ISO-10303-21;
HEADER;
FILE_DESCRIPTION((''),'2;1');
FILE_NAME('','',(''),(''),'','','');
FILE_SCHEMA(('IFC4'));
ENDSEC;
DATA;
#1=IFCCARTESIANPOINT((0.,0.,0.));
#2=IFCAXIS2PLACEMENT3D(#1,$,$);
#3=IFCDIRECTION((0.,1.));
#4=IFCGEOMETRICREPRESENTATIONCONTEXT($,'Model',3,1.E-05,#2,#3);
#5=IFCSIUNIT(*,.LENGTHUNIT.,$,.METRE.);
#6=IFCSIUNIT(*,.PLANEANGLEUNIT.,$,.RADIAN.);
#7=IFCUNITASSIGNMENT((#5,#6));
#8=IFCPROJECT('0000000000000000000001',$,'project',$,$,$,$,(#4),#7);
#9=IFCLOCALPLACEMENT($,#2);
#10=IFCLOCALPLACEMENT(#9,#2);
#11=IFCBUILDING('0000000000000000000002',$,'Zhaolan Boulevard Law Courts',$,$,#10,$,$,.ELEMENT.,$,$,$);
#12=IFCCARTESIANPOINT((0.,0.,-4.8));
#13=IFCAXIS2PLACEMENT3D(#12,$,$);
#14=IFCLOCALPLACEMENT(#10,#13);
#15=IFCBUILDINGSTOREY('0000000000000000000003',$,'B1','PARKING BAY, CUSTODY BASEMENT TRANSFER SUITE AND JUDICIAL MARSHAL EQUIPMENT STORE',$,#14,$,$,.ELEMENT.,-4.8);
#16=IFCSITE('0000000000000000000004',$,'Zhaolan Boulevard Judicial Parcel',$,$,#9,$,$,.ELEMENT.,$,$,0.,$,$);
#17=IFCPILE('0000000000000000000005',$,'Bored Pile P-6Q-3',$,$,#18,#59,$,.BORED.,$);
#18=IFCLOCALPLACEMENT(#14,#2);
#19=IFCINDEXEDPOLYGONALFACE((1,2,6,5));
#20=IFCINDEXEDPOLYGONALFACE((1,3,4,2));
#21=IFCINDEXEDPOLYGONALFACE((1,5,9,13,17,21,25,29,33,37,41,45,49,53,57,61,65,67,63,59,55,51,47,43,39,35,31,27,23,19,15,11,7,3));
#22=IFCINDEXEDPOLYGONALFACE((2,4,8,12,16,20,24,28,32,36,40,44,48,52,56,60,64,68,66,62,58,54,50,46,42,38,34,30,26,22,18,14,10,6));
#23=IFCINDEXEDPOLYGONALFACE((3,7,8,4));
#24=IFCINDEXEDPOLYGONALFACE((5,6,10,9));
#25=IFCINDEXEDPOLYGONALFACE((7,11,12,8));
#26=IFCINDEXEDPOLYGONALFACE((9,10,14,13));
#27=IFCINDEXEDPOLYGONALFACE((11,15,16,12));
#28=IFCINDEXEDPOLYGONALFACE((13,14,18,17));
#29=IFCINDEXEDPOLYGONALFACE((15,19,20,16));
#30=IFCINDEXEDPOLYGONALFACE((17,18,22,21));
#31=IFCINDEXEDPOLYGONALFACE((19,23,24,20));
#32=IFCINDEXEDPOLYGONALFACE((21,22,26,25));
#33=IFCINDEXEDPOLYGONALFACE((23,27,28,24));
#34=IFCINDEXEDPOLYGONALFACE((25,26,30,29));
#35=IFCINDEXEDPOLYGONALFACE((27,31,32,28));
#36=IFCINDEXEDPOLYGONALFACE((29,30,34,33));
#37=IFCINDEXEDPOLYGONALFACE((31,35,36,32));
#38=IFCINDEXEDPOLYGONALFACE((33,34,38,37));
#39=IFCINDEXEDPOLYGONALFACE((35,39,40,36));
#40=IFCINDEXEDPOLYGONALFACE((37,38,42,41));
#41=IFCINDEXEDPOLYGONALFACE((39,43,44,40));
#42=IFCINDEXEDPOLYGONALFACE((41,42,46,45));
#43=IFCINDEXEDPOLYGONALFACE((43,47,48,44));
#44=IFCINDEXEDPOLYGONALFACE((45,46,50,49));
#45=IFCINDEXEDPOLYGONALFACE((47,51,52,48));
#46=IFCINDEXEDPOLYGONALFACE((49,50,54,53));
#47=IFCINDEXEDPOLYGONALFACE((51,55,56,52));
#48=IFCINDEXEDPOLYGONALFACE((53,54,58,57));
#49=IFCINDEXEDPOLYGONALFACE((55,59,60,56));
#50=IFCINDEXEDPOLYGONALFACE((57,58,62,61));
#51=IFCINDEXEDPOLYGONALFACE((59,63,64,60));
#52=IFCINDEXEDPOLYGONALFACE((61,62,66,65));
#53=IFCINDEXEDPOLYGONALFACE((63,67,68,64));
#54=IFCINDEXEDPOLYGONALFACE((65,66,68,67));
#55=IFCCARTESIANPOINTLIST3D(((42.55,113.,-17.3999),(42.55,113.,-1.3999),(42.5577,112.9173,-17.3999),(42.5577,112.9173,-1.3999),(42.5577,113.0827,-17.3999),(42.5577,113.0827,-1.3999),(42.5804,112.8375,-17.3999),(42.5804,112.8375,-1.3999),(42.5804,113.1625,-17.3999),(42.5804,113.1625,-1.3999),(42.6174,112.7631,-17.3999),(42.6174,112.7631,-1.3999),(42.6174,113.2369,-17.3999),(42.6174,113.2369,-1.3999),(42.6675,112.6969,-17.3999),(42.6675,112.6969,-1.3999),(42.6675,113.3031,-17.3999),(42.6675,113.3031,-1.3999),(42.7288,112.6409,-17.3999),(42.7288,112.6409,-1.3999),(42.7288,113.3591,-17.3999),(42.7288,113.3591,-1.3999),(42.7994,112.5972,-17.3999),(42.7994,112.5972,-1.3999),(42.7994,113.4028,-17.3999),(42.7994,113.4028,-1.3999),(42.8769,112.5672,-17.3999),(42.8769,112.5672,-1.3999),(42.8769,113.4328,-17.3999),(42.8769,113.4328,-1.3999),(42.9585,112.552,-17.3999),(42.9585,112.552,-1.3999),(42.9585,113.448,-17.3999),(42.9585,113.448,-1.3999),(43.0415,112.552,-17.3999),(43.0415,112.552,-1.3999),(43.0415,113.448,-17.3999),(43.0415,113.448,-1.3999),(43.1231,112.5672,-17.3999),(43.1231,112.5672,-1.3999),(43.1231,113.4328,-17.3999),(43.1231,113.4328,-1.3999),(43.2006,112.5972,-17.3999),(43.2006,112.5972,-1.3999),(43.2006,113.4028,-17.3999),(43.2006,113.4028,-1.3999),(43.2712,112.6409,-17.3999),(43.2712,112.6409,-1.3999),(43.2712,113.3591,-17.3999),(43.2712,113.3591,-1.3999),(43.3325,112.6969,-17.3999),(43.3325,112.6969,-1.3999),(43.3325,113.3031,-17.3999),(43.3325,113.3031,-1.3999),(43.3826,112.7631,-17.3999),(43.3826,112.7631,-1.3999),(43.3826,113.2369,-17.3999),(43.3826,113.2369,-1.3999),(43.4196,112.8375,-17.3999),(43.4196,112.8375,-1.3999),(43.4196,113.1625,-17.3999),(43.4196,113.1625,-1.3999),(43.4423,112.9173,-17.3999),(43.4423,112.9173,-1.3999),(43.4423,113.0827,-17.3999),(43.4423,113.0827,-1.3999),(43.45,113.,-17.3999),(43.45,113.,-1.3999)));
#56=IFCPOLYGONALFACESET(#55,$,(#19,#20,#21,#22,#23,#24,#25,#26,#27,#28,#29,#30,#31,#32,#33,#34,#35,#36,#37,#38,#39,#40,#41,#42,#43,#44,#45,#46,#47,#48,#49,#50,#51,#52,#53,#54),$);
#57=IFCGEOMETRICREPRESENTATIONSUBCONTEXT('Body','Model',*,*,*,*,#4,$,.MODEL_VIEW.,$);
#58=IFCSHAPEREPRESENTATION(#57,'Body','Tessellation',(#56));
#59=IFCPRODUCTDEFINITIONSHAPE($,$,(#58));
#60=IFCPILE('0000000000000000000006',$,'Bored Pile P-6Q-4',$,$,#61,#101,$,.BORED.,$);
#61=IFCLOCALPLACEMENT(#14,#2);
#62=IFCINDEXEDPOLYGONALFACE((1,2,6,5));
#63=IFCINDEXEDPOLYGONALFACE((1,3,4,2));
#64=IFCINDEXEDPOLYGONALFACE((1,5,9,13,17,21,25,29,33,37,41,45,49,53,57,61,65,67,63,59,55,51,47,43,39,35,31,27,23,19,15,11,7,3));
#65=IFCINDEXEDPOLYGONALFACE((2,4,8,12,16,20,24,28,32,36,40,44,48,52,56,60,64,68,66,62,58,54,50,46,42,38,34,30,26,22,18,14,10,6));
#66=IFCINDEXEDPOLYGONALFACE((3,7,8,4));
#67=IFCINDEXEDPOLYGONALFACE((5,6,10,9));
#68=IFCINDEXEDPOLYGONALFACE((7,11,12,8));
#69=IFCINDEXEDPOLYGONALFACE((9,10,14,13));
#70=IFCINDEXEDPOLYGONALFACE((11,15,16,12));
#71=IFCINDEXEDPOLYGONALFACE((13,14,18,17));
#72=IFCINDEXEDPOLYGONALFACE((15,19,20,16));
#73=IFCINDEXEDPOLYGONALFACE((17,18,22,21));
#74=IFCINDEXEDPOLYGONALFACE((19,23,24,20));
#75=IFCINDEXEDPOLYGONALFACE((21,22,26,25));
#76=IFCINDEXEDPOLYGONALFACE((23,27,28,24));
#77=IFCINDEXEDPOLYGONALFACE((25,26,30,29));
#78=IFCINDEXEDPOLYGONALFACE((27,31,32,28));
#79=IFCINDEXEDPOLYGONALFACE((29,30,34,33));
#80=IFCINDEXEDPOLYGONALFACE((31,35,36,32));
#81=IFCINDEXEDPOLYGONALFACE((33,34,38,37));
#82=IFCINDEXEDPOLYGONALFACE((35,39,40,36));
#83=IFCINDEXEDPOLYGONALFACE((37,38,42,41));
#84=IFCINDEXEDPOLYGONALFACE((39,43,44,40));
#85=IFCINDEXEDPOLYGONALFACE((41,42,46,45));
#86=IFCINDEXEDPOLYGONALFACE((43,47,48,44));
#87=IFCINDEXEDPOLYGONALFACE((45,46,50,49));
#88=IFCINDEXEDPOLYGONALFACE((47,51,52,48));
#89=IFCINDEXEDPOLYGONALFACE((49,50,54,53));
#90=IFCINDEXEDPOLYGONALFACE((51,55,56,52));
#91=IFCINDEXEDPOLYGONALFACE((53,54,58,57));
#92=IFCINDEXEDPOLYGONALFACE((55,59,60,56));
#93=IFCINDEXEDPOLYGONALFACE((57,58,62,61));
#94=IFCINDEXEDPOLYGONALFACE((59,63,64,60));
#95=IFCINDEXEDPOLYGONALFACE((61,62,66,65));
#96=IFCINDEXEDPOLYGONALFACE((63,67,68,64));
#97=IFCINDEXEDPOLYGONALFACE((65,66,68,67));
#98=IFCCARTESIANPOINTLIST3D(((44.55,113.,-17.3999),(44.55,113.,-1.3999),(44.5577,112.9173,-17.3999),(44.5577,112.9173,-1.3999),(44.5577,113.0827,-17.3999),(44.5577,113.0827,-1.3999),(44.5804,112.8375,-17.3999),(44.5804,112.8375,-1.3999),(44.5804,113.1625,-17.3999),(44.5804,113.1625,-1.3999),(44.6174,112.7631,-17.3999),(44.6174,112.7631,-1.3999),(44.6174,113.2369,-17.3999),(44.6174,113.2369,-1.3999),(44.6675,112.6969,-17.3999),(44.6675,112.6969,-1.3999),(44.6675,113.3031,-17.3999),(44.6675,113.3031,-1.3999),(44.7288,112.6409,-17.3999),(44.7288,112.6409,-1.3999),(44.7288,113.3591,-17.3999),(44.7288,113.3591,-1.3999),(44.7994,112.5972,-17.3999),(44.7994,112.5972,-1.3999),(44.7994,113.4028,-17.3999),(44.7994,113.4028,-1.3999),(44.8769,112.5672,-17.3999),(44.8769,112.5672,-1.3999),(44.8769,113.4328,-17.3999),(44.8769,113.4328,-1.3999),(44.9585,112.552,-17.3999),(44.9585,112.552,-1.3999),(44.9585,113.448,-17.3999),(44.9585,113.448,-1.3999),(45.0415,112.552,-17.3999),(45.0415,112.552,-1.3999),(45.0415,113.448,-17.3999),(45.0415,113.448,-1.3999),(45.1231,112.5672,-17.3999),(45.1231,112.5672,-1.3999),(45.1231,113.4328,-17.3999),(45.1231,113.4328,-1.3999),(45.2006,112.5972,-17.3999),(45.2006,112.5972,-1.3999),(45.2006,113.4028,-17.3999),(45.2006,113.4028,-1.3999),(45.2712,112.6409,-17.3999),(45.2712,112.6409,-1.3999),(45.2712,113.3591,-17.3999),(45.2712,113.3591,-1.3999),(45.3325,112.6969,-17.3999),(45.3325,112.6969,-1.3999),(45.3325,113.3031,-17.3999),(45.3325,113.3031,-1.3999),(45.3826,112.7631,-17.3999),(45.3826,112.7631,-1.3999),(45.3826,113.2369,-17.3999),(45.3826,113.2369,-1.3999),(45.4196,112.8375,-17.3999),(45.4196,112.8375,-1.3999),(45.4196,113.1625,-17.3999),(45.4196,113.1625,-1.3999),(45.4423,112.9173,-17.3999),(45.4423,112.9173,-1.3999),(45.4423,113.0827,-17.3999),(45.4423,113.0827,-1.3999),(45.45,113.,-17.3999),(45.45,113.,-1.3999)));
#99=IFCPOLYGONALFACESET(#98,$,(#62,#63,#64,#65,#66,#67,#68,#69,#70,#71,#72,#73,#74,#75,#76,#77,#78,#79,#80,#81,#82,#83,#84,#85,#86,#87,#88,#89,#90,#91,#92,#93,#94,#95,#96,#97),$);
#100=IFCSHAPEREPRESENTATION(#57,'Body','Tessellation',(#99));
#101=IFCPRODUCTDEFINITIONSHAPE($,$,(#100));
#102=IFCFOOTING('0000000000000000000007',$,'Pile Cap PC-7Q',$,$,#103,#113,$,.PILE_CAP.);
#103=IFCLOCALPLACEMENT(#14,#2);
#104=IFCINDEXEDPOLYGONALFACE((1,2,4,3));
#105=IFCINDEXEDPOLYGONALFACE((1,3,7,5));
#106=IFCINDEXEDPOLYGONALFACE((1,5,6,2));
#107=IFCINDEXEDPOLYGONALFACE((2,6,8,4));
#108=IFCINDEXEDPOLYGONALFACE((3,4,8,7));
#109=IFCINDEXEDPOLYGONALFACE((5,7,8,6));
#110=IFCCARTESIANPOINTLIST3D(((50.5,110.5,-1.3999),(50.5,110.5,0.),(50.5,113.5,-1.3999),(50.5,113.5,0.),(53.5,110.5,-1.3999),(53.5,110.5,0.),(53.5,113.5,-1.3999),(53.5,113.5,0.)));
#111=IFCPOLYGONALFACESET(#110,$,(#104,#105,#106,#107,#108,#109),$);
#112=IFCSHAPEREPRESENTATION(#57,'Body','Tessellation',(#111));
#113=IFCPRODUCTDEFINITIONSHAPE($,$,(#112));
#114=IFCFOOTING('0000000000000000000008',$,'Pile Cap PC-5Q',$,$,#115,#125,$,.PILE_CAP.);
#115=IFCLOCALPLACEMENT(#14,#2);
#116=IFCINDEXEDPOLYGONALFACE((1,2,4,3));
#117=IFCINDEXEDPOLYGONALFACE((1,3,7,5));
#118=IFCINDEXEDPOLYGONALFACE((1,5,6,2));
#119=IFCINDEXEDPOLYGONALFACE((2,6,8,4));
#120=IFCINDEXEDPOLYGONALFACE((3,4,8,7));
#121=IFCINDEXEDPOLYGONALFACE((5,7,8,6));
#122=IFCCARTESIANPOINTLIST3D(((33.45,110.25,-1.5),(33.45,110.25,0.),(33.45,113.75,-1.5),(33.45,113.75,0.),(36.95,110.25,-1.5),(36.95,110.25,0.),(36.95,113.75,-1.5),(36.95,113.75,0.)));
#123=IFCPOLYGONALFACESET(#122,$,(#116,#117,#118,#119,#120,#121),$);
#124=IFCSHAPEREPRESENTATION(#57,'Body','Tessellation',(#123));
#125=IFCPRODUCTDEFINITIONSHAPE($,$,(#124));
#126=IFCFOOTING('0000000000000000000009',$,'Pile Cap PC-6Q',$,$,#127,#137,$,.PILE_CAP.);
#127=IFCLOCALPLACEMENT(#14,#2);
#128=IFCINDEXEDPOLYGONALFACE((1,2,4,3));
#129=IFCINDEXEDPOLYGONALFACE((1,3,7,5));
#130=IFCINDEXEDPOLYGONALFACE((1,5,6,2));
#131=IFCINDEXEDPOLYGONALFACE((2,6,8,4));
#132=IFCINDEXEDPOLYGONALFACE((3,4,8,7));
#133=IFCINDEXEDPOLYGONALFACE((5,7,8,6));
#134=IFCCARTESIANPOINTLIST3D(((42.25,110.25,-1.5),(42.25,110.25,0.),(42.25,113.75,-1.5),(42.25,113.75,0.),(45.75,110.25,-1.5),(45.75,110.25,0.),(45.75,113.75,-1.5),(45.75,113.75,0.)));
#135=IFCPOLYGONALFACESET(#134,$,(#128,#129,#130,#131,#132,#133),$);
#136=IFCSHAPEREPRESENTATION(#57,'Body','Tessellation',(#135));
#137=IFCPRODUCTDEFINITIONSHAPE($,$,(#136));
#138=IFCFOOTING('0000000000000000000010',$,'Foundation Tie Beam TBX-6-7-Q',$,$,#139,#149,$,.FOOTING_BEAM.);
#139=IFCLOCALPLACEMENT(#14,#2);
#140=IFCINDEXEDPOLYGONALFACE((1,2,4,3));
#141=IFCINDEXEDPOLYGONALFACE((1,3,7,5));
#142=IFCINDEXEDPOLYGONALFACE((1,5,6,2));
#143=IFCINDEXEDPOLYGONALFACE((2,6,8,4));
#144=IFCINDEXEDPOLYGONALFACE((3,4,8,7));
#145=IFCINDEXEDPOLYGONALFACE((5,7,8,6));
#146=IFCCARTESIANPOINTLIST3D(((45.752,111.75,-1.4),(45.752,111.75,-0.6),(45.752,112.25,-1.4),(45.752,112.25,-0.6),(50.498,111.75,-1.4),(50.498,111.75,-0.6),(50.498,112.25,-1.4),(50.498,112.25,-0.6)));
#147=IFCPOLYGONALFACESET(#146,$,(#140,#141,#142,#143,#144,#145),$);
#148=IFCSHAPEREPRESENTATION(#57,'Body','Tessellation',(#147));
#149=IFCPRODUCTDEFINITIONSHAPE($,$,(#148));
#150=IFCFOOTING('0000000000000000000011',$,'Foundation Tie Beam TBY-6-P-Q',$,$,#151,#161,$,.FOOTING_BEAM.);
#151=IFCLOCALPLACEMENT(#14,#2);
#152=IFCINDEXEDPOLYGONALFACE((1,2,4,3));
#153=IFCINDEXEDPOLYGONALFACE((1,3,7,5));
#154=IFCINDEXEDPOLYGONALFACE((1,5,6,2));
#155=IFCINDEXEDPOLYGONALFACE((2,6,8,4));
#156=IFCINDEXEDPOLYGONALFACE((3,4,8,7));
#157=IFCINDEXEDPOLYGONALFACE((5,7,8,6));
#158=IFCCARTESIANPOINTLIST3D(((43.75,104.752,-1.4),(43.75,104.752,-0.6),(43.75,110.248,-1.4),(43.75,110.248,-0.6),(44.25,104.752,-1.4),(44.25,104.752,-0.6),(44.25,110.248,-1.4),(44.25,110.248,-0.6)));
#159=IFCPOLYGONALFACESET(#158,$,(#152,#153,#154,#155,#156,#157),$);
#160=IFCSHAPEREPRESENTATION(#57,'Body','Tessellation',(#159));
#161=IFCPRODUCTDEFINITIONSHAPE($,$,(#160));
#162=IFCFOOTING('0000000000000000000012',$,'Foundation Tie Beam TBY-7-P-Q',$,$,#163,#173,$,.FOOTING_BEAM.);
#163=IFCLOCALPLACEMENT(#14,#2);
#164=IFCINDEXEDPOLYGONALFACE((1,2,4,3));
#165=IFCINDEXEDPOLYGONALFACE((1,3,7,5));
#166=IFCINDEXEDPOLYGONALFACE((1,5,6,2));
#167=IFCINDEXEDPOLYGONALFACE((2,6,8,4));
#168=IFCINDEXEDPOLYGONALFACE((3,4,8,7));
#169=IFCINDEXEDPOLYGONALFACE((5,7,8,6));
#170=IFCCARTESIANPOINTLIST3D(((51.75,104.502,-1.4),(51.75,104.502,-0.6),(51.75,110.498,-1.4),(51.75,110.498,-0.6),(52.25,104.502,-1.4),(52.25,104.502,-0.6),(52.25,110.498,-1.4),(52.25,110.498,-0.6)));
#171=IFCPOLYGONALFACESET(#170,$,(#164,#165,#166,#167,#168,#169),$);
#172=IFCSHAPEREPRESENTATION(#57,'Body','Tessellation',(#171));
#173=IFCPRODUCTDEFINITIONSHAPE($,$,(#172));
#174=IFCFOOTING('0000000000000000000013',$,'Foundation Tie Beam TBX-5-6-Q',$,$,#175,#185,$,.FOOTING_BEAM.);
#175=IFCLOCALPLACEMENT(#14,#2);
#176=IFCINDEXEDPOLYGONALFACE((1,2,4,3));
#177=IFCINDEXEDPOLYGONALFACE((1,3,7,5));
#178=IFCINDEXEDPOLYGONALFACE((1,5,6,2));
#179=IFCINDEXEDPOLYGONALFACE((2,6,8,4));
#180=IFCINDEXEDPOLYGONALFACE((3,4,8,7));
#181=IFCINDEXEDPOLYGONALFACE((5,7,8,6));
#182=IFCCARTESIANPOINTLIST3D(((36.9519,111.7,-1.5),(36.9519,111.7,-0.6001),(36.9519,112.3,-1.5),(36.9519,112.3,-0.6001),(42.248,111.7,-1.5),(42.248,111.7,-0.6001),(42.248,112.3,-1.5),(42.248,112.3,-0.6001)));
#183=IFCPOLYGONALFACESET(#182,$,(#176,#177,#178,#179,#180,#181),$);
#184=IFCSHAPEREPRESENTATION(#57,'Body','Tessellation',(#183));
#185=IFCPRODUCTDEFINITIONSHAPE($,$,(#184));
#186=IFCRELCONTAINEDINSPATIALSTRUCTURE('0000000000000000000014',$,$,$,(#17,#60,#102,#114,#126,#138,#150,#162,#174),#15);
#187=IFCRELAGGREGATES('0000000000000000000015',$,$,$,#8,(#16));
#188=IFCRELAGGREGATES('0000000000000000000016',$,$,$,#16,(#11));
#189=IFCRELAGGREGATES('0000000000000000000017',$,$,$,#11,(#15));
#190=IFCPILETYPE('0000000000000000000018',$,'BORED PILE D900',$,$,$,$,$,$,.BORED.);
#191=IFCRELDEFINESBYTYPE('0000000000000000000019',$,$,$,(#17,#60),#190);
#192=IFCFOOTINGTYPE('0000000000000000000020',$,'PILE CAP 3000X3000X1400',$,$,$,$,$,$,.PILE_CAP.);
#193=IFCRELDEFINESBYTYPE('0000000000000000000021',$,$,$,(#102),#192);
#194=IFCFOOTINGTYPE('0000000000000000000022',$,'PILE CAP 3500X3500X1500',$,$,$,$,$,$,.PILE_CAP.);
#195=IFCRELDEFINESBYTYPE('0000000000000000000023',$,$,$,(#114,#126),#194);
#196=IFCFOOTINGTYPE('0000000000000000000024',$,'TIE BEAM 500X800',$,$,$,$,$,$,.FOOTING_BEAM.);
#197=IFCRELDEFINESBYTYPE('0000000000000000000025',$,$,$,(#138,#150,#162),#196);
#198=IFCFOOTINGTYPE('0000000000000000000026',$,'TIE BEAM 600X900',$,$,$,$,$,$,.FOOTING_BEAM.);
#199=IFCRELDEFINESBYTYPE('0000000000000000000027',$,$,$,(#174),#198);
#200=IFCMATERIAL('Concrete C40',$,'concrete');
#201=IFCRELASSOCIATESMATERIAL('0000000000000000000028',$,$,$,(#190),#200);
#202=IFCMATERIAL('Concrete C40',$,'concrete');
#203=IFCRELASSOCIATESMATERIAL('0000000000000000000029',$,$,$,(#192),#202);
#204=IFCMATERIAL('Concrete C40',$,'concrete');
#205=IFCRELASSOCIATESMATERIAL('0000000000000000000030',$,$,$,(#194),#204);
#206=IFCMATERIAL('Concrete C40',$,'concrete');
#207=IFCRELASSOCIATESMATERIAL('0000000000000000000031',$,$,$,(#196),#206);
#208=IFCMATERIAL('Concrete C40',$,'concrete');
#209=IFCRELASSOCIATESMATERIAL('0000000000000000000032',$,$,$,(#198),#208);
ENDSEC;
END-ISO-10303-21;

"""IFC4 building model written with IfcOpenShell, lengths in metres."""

from ifc_helpers import new_model, si_unit, direction, frame, origin, origin_2d, place, context, subcontext, project, spatial, rectangle, circle, extrude, material, material_profile, profile_set, type_object, element, save


model = new_model("IFC4")

# Units and contexts
model_context = context("Model", 3, precision=1e-05, world=origin(), true_north=direction((0.0, 1.0)))
body_context = subcontext(model_context, "Body", "Model", "MODEL_VIEW")
ifc_project = project(units=[si_unit("LENGTHUNIT", "METRE"), si_unit("PLANEANGLEUNIT", "RADIAN")], contexts=[model_context])

# Site, building, storey
site_placement = place(None, origin())
site = spatial("IfcSite", under=ifc_project, at=site_placement, Name="Zhaolan Boulevard Judicial Parcel", CompositionType="ELEMENT", RefElevation=0.0)
building_placement = place(site_placement, origin())
building = spatial("IfcBuilding", under=site, at=building_placement, Name="Zhaolan Boulevard Law Courts", CompositionType="ELEMENT")
storey_placement = place(building_placement, frame((0.0, 0.0, -4.8)))
storey = spatial("IfcBuildingStorey", under=building, at=storey_placement, Name="B1", Description="PARKING BAY, CUSTODY BASEMENT TRANSFER SUITE AND JUDICIAL MARSHAL EQUIPMENT STORE", CompositionType="ELEMENT", Elevation=-4.8)

# Piles
ifc_material_1 = material(Name="Concrete C40", Category="concrete")
ifc_material_profile_1 = material_profile(ifc_material_1, circle(Radius=0.45, at=origin_2d()), Name="PILE-D900")
ifc_profile_set_1 = profile_set([ifc_material_profile_1], Name="Concrete C40")
pile_type_1 = type_object("IfcPileType", Name="BORED PILE D900", PredefinedType="BORED", material=ifc_profile_set_1)
for number, where, z_axis, x_axis, name in (
    (1, (43.0, 113.0, -1.3999), (0.0, 0.0, -1.0), (1.0, 0.0, 0.0), "Bored Pile P-6Q-3"),
    (2, (45.0, 113.0, -1.3999), (0.0, 0.0, -1.0), (1.0, 0.0, 0.0), "Bored Pile P-6Q-4"),
):
    element("IfcPile", number, at=place(storey_placement, frame(where, z_axis=z_axis, x_axis=x_axis)), inside=storey, type_object=pile_type_1, Name=name, PredefinedType="BORED", context=body_context, shape_type="SweptSolid", body=[
        extrude(circle(Radius=0.45, at=origin_2d()), origin(), (0.0, 0.0, 1.0), 16.0),
    ])

# Footings
ifc_material_2 = material(Name="Concrete C40", Category="concrete")
footing_type_1 = type_object("IfcFootingType", Name="PILE CAP 3000X3000X1400", PredefinedType="PILE_CAP", material=ifc_material_2)
footing_1_placement = place(storey_placement, frame((52.0, 112.0, -1.3999), z_axis=(0.0, 0.0, 1.0), x_axis=(1.0, 0.0, 0.0)))
element("IfcFooting", 3, at=footing_1_placement, inside=storey, type_object=footing_type_1, Name="Pile Cap PC-7Q", PredefinedType="PILE_CAP", context=body_context, shape_type="SweptSolid", body=[
    extrude(rectangle(XDim=3.0, YDim=3.0, at=origin_2d()), origin(), (0.0, 0.0, 1.0), 1.3999),
])
ifc_material_3 = material(Name="Concrete C40", Category="concrete")
footing_type_2 = type_object("IfcFootingType", Name="PILE CAP 3500X3500X1500", PredefinedType="PILE_CAP", material=ifc_material_3)
for number, where, z_axis, x_axis, name in (
    (4, (35.2, 112.0, -1.5), (0.0, 0.0, 1.0), (1.0, 0.0, 0.0), "Pile Cap PC-5Q"),
    (5, (44.0, 112.0, -1.5), (0.0, 0.0, 1.0), (1.0, 0.0, 0.0), "Pile Cap PC-6Q"),
):
    element("IfcFooting", number, at=place(storey_placement, frame(where, z_axis=z_axis, x_axis=x_axis)), inside=storey, type_object=footing_type_2, Name=name, PredefinedType="PILE_CAP", context=body_context, shape_type="SweptSolid", body=[
        extrude(rectangle(XDim=3.5, YDim=3.5, at=origin_2d()), origin(), (0.0, 0.0, 1.0), 1.5),
    ])
ifc_material_4 = material(Name="Concrete C40", Category="concrete")
ifc_material_profile_2 = material_profile(ifc_material_4, rectangle(XDim=0.5, YDim=0.8, at=origin_2d()), Name="RC500x800")
ifc_profile_set_2 = profile_set([ifc_material_profile_2], Name="Concrete C40")
footing_type_3 = type_object("IfcFootingType", Name="TIE BEAM 500X800", PredefinedType="FOOTING_BEAM", material=ifc_profile_set_2)
footing_2_placement = place(storey_placement, frame((45.752, 112.0, -1.0), z_axis=(1.0, 0.0, 0.0), x_axis=(0.0, 1.0, 0.0)))
element("IfcFooting", 6, at=footing_2_placement, inside=storey, type_object=footing_type_3, Name="Foundation Tie Beam TBX-6-7-Q", PredefinedType="FOOTING_BEAM", context=body_context, shape_type="SweptSolid", body=[
    extrude(rectangle(XDim=0.5, YDim=0.8, at=origin_2d()), origin(), (0.0, 0.0, 1.0), 4.7461),
])
footing_3_placement = place(storey_placement, frame((44.0, 104.752, -1.0), z_axis=(0.0, 1.0, 0.0), x_axis=(-1.0, 0.0, 0.0)))
element("IfcFooting", 7, at=footing_3_placement, inside=storey, type_object=footing_type_3, Name="Foundation Tie Beam TBY-6-P-Q", PredefinedType="FOOTING_BEAM", context=body_context, shape_type="SweptSolid", body=[
    extrude(rectangle(XDim=0.5, YDim=0.8, at=origin_2d()), origin(), (0.0, 0.0, 1.0), 5.4961),
])
footing_4_placement = place(storey_placement, frame((52.0, 104.502, -1.0), z_axis=(0.0, 1.0, 0.0), x_axis=(-1.0, 0.0, 0.0)))
element("IfcFooting", 8, at=footing_4_placement, inside=storey, type_object=footing_type_3, Name="Foundation Tie Beam TBY-7-P-Q", PredefinedType="FOOTING_BEAM", context=body_context, shape_type="SweptSolid", body=[
    extrude(rectangle(XDim=0.5, YDim=0.8, at=origin_2d()), origin(), (0.0, 0.0, 1.0), 5.9961),
])
ifc_material_5 = material(Name="Concrete C40", Category="concrete")
ifc_material_profile_3 = material_profile(ifc_material_5, rectangle(XDim=0.6001, YDim=0.8999, at=origin_2d()), Name="RC600x900")
ifc_profile_set_3 = profile_set([ifc_material_profile_3], Name="Concrete C40")
footing_type_4 = type_object("IfcFootingType", Name="TIE BEAM 600X900", PredefinedType="FOOTING_BEAM", material=ifc_profile_set_3)
footing_5_placement = place(storey_placement, frame((36.9519, 112.0, -1.05), z_axis=(1.0, 0.0, 0.0), x_axis=(0.0, 1.0, 0.0)))
element("IfcFooting", 9, at=footing_5_placement, inside=storey, type_object=footing_type_4, Name="Foundation Tie Beam TBX-5-6-Q", PredefinedType="FOOTING_BEAM", context=body_context, shape_type="SweptSolid", body=[
    extrude(rectangle(XDim=0.6001, YDim=0.8999, at=origin_2d()), origin(), (0.0, 0.0, 1.0), 5.2961),
])

save(model, "model.ifc")
